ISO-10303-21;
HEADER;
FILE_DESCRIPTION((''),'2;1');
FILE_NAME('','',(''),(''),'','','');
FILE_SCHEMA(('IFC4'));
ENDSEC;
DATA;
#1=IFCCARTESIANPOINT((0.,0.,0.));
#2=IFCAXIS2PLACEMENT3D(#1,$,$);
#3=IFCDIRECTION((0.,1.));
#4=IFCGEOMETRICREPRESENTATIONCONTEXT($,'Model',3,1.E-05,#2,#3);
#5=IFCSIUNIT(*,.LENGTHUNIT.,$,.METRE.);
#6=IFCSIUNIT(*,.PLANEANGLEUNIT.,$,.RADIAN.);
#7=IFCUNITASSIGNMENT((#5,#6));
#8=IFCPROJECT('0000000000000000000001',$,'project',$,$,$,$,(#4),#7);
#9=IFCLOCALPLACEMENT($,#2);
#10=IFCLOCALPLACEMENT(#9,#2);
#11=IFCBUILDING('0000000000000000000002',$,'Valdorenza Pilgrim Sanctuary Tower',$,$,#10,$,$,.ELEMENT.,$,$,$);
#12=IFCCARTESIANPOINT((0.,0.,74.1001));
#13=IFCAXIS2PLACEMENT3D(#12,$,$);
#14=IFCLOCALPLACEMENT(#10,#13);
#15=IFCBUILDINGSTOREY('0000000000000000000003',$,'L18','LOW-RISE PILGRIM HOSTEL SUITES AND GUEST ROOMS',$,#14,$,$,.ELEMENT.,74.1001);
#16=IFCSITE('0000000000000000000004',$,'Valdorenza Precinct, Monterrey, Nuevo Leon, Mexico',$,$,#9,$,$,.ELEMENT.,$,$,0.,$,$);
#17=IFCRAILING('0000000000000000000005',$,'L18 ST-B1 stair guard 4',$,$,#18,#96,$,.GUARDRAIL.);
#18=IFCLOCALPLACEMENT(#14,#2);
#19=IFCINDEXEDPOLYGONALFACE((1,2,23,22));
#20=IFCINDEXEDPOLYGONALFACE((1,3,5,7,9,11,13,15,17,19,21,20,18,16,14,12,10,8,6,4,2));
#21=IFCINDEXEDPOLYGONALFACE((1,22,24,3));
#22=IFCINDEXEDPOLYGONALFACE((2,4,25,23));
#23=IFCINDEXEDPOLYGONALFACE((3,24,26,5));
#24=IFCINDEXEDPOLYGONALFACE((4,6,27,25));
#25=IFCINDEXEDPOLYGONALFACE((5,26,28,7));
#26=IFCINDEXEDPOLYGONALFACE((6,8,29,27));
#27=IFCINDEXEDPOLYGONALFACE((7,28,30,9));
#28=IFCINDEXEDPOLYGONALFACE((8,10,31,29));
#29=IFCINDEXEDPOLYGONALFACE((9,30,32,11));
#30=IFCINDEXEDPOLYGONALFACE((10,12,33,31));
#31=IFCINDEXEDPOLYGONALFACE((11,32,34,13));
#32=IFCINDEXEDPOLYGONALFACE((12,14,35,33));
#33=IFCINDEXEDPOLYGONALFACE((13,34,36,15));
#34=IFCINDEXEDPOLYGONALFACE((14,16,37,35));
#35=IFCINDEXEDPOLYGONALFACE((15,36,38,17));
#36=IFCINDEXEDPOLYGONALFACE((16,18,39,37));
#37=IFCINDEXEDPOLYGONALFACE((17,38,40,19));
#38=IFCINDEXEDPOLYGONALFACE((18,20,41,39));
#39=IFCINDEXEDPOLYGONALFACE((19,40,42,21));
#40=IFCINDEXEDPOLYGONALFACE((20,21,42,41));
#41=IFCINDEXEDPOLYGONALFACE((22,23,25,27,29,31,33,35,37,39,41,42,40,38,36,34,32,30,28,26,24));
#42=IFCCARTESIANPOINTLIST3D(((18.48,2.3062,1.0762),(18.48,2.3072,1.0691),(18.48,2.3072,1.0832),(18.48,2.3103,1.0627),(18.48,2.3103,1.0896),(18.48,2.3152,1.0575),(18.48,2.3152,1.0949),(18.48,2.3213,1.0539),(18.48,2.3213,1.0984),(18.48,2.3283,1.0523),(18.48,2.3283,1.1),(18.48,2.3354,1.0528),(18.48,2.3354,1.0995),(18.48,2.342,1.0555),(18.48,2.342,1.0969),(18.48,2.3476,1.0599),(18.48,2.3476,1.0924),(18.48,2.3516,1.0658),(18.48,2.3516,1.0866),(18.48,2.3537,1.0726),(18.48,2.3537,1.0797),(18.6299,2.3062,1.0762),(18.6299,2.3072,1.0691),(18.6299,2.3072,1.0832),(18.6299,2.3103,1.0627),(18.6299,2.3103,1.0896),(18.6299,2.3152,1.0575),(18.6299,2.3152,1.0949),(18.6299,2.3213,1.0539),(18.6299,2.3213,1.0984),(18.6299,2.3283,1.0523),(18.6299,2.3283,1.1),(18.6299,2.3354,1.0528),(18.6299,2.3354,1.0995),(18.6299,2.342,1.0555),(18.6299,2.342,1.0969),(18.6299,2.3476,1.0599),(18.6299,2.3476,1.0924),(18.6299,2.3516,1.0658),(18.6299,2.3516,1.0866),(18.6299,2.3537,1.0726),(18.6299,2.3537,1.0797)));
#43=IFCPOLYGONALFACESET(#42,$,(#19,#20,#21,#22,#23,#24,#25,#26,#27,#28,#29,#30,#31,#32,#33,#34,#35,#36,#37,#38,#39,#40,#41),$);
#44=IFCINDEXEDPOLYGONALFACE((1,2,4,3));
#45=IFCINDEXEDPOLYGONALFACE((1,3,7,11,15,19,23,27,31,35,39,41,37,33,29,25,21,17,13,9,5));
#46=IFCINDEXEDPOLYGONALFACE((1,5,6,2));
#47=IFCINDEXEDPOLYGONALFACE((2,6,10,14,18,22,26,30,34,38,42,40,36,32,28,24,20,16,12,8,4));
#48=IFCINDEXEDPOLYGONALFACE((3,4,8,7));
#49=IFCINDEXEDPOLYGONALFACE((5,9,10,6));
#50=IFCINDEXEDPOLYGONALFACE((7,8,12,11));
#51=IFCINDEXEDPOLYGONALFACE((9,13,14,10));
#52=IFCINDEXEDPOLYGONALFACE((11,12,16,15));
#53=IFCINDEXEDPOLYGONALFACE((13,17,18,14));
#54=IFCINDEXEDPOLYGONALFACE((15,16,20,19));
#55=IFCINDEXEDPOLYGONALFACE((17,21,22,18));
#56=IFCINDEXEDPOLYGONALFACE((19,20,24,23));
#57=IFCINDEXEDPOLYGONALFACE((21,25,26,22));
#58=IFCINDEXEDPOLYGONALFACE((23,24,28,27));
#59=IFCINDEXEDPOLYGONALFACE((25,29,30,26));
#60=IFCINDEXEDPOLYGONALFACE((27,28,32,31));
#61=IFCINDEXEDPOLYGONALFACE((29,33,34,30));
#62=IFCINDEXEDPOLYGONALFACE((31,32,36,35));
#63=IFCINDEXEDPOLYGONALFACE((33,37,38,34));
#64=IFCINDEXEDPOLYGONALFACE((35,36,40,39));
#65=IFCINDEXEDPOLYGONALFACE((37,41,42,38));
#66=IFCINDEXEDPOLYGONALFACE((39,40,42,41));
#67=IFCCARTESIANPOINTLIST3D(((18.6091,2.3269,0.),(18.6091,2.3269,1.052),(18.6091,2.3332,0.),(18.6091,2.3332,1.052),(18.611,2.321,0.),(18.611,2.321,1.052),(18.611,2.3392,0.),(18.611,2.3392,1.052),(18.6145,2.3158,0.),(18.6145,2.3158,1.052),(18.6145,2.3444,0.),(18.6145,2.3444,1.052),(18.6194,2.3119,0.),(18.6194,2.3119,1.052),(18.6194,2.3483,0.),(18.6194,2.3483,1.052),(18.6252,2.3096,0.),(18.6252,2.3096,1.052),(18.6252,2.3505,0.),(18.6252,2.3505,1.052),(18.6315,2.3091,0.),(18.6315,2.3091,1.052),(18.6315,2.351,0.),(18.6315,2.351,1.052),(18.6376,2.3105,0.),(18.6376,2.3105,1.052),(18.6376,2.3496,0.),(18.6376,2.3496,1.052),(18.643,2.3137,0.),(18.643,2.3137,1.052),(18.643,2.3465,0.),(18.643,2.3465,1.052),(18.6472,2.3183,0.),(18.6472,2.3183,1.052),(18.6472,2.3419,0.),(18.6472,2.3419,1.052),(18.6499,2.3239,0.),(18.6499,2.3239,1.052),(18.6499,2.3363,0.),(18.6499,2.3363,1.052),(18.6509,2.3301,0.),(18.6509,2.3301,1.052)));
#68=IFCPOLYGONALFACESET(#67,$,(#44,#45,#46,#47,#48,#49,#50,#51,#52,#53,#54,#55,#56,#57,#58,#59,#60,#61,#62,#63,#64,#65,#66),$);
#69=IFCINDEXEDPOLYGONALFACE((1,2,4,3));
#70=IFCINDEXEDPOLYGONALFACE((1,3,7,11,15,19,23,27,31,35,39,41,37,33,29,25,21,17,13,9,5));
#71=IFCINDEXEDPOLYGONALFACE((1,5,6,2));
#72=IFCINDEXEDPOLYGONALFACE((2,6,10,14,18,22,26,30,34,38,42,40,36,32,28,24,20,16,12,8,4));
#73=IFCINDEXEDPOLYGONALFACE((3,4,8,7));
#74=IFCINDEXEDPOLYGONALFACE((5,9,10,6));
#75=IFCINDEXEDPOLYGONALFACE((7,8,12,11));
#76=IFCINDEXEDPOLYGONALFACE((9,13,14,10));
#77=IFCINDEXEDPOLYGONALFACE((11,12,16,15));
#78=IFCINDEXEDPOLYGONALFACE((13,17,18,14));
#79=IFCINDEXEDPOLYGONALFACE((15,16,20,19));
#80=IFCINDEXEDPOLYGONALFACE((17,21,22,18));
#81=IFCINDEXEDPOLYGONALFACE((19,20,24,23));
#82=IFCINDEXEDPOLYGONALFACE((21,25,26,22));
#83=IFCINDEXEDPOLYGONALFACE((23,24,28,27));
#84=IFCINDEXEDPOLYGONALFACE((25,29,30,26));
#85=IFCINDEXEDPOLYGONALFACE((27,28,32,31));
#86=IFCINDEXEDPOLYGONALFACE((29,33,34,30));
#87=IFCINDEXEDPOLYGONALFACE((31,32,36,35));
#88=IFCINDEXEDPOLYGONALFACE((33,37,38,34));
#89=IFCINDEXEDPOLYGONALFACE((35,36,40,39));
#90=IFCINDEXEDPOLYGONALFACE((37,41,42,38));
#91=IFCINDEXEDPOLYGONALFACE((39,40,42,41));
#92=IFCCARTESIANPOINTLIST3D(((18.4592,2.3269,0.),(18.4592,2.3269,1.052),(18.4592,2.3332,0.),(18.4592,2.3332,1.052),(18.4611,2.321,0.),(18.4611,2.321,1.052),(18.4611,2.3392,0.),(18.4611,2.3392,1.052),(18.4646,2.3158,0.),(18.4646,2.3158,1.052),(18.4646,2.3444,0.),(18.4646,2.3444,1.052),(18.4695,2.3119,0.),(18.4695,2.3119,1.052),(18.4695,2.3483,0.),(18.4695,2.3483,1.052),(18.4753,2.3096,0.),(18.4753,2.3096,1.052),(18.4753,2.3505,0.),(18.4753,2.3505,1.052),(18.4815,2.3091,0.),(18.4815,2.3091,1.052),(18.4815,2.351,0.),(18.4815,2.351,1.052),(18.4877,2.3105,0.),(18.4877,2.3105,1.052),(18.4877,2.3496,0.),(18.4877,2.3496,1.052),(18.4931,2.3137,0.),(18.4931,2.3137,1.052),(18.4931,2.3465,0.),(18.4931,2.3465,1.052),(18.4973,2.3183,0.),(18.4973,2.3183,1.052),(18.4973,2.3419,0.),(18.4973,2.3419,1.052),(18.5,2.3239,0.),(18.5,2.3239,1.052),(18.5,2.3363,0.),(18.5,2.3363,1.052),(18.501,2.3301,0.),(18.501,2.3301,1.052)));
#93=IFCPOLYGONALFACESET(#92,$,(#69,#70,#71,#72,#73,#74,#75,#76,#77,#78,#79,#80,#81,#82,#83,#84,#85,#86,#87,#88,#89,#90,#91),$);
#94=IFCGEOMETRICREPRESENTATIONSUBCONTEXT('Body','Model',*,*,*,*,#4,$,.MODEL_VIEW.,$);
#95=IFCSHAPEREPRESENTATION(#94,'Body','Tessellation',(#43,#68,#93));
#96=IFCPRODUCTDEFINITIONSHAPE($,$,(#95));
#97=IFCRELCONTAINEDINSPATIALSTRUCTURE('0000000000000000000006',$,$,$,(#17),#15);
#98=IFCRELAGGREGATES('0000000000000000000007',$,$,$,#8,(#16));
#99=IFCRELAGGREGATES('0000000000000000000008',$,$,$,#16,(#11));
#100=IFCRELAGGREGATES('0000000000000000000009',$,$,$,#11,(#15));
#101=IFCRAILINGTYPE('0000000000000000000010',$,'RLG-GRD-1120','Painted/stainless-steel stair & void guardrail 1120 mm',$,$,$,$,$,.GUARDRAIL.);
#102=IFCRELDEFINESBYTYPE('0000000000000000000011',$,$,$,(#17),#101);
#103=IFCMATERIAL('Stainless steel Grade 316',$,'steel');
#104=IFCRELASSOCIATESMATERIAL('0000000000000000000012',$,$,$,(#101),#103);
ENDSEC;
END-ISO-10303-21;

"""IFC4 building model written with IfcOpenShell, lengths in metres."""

from ifc_helpers import new_model, si_unit, direction, frame, origin, origin_2d, place, context, subcontext, project, spatial, circle, extrude, material, type_object, element, save


model = new_model("IFC4")

# Units and contexts
model_context = context("Model", 3, precision=1e-05, world=origin(), true_north=direction((0.0, 1.0)))
body_context = subcontext(model_context, "Body", "Model", "MODEL_VIEW")
ifc_project = project(units=[si_unit("LENGTHUNIT", "METRE"), si_unit("PLANEANGLEUNIT", "RADIAN")], contexts=[model_context])

# Site, building, storey
site_placement = place(None, origin())
site = spatial("IfcSite", under=ifc_project, at=site_placement, Name="Valdorenza Precinct, Monterrey, Nuevo Leon, Mexico", CompositionType="ELEMENT", RefElevation=0.0)
building_placement = place(site_placement, origin())
building = spatial("IfcBuilding", under=site, at=building_placement, Name="Valdorenza Pilgrim Sanctuary Tower", CompositionType="ELEMENT")
storey_placement = place(building_placement, frame((0.0, 0.0, 74.1001)))
storey = spatial("IfcBuildingStorey", under=building, at=storey_placement, Name="L18", Description="LOW-RISE PILGRIM HOSTEL SUITES AND GUEST ROOMS", CompositionType="ELEMENT", Elevation=74.1001)

# Railing
ifc_material_1 = material(Name="Stainless steel Grade 316", Category="steel")
railing_type_1 = type_object("IfcRailingType", Name="RLG-GRD-1120", Description="Painted/stainless-steel stair & void guardrail 1120 mm", PredefinedType="GUARDRAIL", material=ifc_material_1)
railing_1_placement = place(storey_placement, frame((18.6299, 2.3301, 0.0)))
element("IfcRailing", 1, at=railing_1_placement, inside=storey, type_object=railing_type_1, Name="L18 ST-B1 stair guard 4", PredefinedType="GUARDRAIL", context=body_context, shape_type="SweptSolid", body=[
    extrude(circle(Radius=0.0239, at=origin_2d()), frame((0.0, 0.0, 1.0762), z_axis=(-1.0, 0.0, 0.0), x_axis=(0.0, -1.0, 0.0)), (0.0, 0.0, 1.0), 0.1499),
    extrude(circle(Radius=0.021, at=origin_2d()), origin(), (0.0, 0.0, 1.0), 1.052),
    extrude(circle(Radius=0.021, at=origin_2d()), frame((-0.1499, 0.0, 0.0)), (0.0, 0.0, 1.0), 1.052),
])

save(model, "model.ifc")
